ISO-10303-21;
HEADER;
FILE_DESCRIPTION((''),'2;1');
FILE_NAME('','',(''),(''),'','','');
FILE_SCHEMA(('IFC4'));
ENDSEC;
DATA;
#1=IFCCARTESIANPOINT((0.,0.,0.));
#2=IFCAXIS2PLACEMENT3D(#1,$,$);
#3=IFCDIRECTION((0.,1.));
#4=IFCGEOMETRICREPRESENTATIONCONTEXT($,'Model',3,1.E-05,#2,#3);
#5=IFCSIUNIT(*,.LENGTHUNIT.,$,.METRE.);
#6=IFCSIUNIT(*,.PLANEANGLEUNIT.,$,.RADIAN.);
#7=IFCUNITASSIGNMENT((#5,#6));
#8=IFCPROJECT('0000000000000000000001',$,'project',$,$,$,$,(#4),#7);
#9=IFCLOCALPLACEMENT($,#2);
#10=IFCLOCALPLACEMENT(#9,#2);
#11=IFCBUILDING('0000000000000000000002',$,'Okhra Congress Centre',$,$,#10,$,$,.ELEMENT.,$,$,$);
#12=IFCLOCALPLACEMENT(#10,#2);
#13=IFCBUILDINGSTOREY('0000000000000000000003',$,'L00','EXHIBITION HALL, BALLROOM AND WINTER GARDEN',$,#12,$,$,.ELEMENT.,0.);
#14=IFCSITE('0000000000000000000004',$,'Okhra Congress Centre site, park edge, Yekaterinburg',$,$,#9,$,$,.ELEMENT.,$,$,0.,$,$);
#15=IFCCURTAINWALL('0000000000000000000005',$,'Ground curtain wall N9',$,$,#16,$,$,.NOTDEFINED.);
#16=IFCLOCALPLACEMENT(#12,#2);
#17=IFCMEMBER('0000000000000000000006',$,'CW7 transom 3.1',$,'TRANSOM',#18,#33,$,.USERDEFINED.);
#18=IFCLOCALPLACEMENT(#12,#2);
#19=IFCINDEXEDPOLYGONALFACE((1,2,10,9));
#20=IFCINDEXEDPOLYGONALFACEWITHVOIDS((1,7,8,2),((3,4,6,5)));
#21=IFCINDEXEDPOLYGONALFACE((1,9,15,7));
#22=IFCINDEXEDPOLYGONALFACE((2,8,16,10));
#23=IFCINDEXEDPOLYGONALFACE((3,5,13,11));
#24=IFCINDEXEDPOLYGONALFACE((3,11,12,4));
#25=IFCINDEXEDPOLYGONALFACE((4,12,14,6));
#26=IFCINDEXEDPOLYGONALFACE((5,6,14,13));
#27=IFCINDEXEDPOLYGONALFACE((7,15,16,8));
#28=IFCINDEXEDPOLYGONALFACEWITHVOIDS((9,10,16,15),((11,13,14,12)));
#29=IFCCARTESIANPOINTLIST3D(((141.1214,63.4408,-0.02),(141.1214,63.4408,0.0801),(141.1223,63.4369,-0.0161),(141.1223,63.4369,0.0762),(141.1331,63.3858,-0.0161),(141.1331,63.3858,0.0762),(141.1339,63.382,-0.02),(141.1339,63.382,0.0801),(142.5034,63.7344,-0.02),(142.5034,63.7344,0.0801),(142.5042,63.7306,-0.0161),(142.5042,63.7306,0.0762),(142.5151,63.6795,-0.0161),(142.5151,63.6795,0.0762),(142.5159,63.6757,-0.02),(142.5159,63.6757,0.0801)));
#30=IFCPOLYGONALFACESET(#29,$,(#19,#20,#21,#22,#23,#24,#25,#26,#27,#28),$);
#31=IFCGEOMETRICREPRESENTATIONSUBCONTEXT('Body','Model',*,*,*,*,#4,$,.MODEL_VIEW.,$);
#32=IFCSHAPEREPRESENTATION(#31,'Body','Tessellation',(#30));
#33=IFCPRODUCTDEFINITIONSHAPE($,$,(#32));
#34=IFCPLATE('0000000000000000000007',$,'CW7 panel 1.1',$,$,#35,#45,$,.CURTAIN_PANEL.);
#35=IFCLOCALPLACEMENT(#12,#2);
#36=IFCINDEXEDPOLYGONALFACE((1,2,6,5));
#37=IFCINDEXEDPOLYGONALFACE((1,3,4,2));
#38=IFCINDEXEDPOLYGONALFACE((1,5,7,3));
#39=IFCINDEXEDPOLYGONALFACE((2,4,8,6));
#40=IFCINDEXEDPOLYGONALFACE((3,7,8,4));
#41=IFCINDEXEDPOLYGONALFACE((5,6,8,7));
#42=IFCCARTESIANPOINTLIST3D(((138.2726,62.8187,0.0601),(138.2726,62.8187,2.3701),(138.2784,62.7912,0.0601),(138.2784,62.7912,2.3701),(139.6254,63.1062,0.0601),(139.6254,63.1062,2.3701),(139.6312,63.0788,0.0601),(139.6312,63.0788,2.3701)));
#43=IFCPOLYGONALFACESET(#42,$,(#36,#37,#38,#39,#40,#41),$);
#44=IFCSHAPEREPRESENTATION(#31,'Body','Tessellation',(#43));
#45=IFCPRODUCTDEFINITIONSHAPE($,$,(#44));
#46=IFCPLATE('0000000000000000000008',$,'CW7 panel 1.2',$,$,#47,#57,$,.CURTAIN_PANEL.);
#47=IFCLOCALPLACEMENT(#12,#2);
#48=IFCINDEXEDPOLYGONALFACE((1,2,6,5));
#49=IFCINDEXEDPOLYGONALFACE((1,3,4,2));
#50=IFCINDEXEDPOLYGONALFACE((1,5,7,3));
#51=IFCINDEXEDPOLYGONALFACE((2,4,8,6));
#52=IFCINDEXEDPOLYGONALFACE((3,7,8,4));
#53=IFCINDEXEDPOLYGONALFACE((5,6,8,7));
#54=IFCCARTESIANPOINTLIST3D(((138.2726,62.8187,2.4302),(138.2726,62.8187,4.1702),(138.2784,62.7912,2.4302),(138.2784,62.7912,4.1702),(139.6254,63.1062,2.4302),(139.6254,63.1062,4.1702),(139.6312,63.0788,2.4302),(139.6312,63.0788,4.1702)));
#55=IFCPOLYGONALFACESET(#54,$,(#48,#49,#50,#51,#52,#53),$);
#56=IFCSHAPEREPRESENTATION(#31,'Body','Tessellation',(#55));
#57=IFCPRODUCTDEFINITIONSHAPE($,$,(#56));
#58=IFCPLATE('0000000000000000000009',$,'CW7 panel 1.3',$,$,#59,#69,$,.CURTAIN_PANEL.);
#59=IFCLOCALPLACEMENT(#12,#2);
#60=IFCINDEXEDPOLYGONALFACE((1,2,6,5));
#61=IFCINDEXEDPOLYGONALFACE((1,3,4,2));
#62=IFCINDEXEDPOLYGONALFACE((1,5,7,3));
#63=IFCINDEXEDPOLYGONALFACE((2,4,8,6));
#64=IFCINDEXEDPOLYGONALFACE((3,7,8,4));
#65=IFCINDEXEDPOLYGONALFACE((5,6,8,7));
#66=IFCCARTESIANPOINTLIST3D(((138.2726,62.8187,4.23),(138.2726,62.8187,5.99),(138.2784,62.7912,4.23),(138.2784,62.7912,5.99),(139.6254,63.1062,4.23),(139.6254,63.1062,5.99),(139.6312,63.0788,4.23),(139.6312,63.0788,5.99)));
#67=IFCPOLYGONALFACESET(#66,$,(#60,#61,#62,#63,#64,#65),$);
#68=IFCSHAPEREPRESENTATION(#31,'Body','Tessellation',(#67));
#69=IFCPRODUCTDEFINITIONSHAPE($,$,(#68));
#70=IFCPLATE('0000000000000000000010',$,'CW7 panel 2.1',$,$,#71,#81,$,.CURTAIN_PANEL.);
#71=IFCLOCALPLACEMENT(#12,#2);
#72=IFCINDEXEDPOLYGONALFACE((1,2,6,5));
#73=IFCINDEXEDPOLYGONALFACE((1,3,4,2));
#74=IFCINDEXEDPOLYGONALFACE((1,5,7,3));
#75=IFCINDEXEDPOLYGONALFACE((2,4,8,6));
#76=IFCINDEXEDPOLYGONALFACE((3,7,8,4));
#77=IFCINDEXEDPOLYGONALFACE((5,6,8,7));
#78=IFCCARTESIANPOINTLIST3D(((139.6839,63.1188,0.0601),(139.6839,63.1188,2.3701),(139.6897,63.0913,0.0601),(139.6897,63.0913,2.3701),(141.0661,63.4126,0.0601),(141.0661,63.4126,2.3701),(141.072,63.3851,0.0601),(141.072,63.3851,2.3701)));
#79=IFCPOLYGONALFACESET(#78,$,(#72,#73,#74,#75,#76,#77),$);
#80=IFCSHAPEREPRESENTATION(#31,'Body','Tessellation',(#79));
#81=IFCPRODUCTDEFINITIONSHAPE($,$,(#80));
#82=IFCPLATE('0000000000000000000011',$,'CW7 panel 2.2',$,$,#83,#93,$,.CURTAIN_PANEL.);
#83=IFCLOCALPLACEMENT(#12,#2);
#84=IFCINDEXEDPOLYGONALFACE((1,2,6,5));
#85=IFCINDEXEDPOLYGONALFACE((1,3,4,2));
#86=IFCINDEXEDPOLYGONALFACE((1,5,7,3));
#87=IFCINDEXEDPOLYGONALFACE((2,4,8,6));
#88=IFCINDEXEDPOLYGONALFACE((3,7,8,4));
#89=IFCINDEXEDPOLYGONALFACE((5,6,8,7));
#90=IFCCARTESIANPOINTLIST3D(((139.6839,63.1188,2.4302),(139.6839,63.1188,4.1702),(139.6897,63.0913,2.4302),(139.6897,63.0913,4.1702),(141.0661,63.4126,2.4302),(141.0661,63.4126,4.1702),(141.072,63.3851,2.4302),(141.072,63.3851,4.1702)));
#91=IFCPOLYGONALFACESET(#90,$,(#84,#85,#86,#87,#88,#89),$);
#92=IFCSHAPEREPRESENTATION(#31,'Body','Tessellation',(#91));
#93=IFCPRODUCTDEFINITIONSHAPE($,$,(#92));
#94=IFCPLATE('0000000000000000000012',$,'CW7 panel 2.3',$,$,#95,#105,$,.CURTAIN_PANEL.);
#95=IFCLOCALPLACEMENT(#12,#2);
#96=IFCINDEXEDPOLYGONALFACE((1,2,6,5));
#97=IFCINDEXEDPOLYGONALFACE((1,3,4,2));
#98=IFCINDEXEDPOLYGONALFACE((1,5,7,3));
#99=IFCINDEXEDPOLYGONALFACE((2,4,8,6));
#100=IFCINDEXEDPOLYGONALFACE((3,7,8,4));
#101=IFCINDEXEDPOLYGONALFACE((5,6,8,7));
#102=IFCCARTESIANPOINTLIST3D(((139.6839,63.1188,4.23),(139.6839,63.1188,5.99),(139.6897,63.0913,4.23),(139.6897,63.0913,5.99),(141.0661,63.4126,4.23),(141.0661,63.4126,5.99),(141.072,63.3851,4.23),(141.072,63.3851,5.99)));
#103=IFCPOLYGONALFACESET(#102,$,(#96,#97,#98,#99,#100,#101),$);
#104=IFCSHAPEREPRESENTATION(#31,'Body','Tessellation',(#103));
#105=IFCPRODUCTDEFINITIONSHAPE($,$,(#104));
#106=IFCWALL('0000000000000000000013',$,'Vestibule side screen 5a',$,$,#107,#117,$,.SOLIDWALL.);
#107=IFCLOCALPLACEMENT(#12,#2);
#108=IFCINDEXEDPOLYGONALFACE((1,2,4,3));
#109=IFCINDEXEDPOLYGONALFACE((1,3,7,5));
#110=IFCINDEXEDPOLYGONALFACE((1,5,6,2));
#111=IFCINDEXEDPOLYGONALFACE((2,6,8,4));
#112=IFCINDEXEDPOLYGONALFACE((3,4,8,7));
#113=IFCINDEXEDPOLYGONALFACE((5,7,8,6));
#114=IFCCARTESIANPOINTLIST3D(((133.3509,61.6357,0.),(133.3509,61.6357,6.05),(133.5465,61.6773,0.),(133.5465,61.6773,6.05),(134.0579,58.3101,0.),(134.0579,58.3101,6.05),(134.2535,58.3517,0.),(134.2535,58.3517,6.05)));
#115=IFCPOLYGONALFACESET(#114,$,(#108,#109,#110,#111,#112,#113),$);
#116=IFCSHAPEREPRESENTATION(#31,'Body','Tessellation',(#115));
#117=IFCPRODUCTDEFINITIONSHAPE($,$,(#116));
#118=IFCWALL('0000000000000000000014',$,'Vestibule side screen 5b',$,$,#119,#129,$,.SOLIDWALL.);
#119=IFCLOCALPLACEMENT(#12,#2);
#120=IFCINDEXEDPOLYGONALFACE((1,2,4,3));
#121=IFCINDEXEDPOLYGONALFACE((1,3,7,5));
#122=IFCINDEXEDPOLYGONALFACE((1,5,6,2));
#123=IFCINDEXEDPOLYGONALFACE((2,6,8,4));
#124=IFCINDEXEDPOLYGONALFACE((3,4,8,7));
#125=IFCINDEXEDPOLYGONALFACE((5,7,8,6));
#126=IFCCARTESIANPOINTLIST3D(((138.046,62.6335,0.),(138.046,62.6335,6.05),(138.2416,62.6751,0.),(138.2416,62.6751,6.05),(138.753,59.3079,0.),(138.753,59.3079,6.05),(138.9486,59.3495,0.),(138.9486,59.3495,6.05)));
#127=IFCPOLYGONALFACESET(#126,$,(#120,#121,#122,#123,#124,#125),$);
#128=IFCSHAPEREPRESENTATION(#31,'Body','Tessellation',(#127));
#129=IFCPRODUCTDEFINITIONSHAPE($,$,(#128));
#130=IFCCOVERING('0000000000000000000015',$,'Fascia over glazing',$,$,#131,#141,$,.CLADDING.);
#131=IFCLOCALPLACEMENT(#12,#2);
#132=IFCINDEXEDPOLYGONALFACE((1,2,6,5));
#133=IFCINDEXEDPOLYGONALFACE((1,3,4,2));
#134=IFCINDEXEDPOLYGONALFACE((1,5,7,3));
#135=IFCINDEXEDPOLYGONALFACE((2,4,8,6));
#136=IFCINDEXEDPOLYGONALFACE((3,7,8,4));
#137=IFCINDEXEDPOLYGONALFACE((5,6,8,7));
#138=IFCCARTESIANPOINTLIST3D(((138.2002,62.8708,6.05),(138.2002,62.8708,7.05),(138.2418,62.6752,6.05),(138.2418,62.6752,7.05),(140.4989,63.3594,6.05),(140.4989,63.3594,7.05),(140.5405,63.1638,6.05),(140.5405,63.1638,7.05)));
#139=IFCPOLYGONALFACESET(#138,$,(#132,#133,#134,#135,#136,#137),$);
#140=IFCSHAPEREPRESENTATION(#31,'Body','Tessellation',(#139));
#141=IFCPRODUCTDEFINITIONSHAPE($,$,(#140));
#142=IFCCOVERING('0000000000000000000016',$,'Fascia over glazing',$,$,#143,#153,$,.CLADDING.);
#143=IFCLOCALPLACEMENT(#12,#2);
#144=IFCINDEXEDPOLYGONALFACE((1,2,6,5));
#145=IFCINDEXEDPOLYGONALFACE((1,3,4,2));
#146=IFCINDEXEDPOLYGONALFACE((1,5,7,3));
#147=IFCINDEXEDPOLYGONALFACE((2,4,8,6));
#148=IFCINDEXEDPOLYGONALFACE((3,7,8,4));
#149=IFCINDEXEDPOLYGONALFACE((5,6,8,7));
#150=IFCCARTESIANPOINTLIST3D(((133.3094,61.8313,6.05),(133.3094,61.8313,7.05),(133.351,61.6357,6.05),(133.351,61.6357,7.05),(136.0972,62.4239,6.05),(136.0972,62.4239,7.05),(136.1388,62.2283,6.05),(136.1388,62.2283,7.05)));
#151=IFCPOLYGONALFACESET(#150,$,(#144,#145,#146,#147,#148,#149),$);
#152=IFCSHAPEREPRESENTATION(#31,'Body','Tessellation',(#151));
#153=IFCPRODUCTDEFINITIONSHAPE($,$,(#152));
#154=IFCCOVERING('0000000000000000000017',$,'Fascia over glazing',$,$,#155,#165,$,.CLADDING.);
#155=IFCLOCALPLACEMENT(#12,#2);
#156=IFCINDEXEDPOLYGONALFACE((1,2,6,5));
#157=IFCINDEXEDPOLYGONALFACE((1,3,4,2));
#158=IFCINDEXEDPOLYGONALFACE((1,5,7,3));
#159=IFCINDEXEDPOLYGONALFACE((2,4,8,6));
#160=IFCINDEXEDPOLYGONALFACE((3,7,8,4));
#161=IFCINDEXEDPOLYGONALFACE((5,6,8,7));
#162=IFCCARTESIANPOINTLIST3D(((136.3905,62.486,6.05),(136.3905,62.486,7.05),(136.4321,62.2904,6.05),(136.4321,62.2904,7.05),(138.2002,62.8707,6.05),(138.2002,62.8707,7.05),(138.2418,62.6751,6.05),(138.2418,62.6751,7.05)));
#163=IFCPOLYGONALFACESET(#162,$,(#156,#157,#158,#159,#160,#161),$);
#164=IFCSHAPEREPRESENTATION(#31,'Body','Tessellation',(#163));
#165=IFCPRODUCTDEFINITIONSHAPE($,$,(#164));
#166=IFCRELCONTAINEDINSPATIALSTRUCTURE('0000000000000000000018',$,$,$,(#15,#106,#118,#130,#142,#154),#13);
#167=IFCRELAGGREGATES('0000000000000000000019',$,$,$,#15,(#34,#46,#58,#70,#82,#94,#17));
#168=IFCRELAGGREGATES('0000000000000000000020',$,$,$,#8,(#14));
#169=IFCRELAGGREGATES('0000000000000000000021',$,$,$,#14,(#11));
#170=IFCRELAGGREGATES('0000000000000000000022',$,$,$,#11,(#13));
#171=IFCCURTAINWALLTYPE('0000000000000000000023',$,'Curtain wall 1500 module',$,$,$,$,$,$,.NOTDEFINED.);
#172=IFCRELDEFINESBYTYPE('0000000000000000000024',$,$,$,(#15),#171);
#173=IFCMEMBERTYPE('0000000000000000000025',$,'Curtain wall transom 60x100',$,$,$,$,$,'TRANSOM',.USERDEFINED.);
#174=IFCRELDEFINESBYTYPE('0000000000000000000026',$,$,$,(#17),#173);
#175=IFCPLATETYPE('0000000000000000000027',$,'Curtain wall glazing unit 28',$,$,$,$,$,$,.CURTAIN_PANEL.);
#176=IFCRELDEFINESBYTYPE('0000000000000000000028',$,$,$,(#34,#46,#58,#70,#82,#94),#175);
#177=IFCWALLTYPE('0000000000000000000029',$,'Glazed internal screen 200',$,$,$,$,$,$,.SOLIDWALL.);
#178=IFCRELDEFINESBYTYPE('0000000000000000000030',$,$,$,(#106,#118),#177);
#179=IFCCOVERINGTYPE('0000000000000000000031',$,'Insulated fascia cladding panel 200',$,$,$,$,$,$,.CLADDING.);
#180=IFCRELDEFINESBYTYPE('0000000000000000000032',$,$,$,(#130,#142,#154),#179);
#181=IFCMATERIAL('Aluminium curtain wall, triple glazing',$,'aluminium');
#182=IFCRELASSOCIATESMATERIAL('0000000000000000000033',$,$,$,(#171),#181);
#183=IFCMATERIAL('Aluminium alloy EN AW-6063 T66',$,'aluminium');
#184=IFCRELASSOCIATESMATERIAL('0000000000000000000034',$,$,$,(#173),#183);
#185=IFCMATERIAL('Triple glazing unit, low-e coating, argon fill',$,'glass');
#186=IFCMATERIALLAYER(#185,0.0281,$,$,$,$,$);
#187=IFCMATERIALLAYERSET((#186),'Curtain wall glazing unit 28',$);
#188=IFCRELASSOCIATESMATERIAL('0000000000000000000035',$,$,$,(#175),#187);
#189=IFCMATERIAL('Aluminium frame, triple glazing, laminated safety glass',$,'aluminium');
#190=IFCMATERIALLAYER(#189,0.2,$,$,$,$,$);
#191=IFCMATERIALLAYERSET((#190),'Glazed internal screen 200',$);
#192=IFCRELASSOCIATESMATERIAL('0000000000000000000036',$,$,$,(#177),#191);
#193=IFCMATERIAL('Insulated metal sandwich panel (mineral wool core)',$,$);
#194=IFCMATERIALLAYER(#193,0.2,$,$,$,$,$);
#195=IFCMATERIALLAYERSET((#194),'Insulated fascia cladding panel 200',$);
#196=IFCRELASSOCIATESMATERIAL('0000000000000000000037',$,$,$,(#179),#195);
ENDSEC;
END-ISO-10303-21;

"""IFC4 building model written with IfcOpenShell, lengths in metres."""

from ifc_helpers import new_model, si_unit, direction, frame, frame_2d, origin, origin_2d, place, context, subcontext, project, spatial, rectangle, hollow_rectangle, extrude, material, layer, layer_set, material_profile, profile_set, type_object, element, aggregate, save


model = new_model("IFC4")

# Units and contexts
model_context = context("Model", 3, precision=1e-05, world=origin(), true_north=direction((0.0, 1.0)))
body_context = subcontext(model_context, "Body", "Model", "MODEL_VIEW")
ifc_project = project(units=[si_unit("LENGTHUNIT", "METRE"), si_unit("PLANEANGLEUNIT", "RADIAN")], contexts=[model_context])

# Site, building, storey
site_placement = place(None, origin())
site = spatial("IfcSite", under=ifc_project, at=site_placement, Name="Okhra Congress Centre site, park edge, Yekaterinburg", CompositionType="ELEMENT", RefElevation=0.0)
building_placement = place(site_placement, origin())
building = spatial("IfcBuilding", under=site, at=building_placement, Name="Okhra Congress Centre", CompositionType="ELEMENT")
storey_placement = place(building_placement, origin())
storey = spatial("IfcBuildingStorey", under=building, at=storey_placement, Name="L00", Description="EXHIBITION HALL, BALLROOM AND WINTER GARDEN", CompositionType="ELEMENT", Elevation=0.0)

# Curtain wall, member, plates
ifc_material_1 = material(Name="Aluminium curtain wall, triple glazing", Category="aluminium")
curtain_wall_type = type_object("IfcCurtainWallType", Name="Curtain wall 1500 module", PredefinedType="NOTDEFINED", material=ifc_material_1)
curtain_wall_placement = place(storey_placement, origin())
curtain_wall = element("IfcCurtainWall", 1, at=curtain_wall_placement, inside=storey, type_object=curtain_wall_type, Name="Ground curtain wall N9", PredefinedType="NOTDEFINED")
ifc_material_2 = material(Name="Aluminium alloy EN AW-6063 T66", Category="aluminium")
ifc_material_profile_1 = material_profile(ifc_material_2, hollow_rectangle(XDim=0.0601, YDim=0.1001, WallThickness=0.0039, at=origin_2d()), Name="RHS 60x100x4")
ifc_profile_set_1 = profile_set([ifc_material_profile_1], Name="Aluminium alloy EN AW-6063 T66")
member_type_1 = type_object("IfcMemberType", Name="Curtain wall transom 60x100", ElementType="TRANSOM", PredefinedType="USERDEFINED", material=ifc_profile_set_1)
member_1_placement = place(storey_placement, frame((141.1277, 63.4114, 0.03), z_axis=(0.978158, 0.207865, 0.0), x_axis=(-0.207865, 0.978158, 0.0)))
member_1 = element("IfcMember", 2, at=member_1_placement, type_object=member_type_1, Name="CW7 transom 3.1", ObjectType="TRANSOM", PredefinedType="USERDEFINED", context=body_context, shape_type="SweptSolid", body=[
    extrude(hollow_rectangle(XDim=0.0601, YDim=0.1001, WallThickness=0.0039, at=origin_2d()), origin(), (0.0, 0.0, 1.0), 1.4128),
])
ifc_material_3 = material(Name="Triple glazing unit, low-e coating, argon fill", Category="glass")
ifc_layer_1 = layer(ifc_material_3, 0.0281)
ifc_layer_set_1 = layer_set([ifc_layer_1], Name="Curtain wall glazing unit 28")
plate_type = type_object("IfcPlateType", Name="Curtain wall glazing unit 28", PredefinedType="CURTAIN_PANEL", material=ifc_layer_set_1)
plate_1_placement = place(storey_placement, frame((138.9519, 62.9487, 0.0601), z_axis=(0.0, 0.0, 1.0), x_axis=(0.978148, 0.207912, 0.0)))
plate_1 = element("IfcPlate", 3, at=plate_1_placement, type_object=plate_type, Name="CW7 panel 1.1", PredefinedType="CURTAIN_PANEL", context=body_context, shape_type="SweptSolid", body=[
    extrude(rectangle(XDim=1.3831, YDim=0.0281, at=origin_2d()), origin(), (0.0, 0.0, 1.0), 2.3101),
])
plate_2_placement = place(storey_placement, frame((138.9519, 62.9487, 2.4302), z_axis=(0.0, 0.0, 1.0), x_axis=(0.978148, 0.207912, 0.0)))
plate_2 = element("IfcPlate", 4, at=plate_2_placement, type_object=plate_type, Name="CW7 panel 1.2", PredefinedType="CURTAIN_PANEL", context=body_context, shape_type="SweptSolid", body=[
    extrude(rectangle(XDim=1.3831, YDim=0.0281, at=origin_2d()), origin(), (0.0, 0.0, 1.0), 1.74),
])
plate_3_placement = place(storey_placement, frame((138.9519, 62.9487, 4.23), z_axis=(0.0, 0.0, 1.0), x_axis=(0.978148, 0.207912, 0.0)))
plate_3 = element("IfcPlate", 5, at=plate_3_placement, type_object=plate_type, Name="CW7 panel 1.3", PredefinedType="CURTAIN_PANEL", context=body_context, shape_type="SweptSolid", body=[
    extrude(rectangle(XDim=1.3831, YDim=0.0281, at=origin_2d()), origin(), (0.0, 0.0, 1.0), 1.76),
])
plate_4_placement = place(storey_placement, frame((140.3779, 63.252, 0.0601), z_axis=(0.0, 0.0, 1.0), x_axis=(0.978148, 0.207912, 0.0)))
plate_4 = element("IfcPlate", 6, at=plate_4_placement, type_object=plate_type, Name="CW7 panel 2.1", PredefinedType="CURTAIN_PANEL", context=body_context, shape_type="SweptSolid", body=[
    extrude(rectangle(XDim=1.4131, YDim=0.0281, at=origin_2d()), origin(), (0.0, 0.0, 1.0), 2.3101),
])
plate_5_placement = place(storey_placement, frame((140.3779, 63.252, 2.4302), z_axis=(0.0, 0.0, 1.0), x_axis=(0.978148, 0.207912, 0.0)))
plate_5 = element("IfcPlate", 7, at=plate_5_placement, type_object=plate_type, Name="CW7 panel 2.2", PredefinedType="CURTAIN_PANEL", context=body_context, shape_type="SweptSolid", body=[
    extrude(rectangle(XDim=1.4131, YDim=0.0281, at=origin_2d()), origin(), (0.0, 0.0, 1.0), 1.74),
])
plate_6_placement = place(storey_placement, frame((140.3779, 63.252, 4.23), z_axis=(0.0, 0.0, 1.0), x_axis=(0.978148, 0.207912, 0.0)))
plate_6 = element("IfcPlate", 8, at=plate_6_placement, type_object=plate_type, Name="CW7 panel 2.3", PredefinedType="CURTAIN_PANEL", context=body_context, shape_type="SweptSolid", body=[
    extrude(rectangle(XDim=1.4131, YDim=0.0281, at=origin_2d()), origin(), (0.0, 0.0, 1.0), 1.76),
])
aggregate(curtain_wall, [plate_1, plate_2, plate_3, plate_4, plate_5, plate_6, member_1])

# Shared definitions
ifc_material_4 = material(Name="Aluminium frame, triple glazing, laminated safety glass", Category="aluminium")

# Walls
ifc_layer_2 = layer(ifc_material_4, 0.2)
ifc_layer_set_2 = layer_set([ifc_layer_2], Name="Glazed internal screen 200")
wall_type_1 = type_object("IfcWallType", Name="Glazed internal screen 200", PredefinedType="SOLIDWALL", material=ifc_layer_set_2)
for number, where, z_axis, x_axis, name in (
    (9, (133.4487, 61.6565, 0.0), (0.0, 0.0, 1.0), (0.20795, -0.97814, 0.0), "Vestibule side screen 5a"),
    (10, (138.1438, 62.6543, 0.0), (0.0, 0.0, 1.0), (0.20795, -0.97814, 0.0), "Vestibule side screen 5b"),
):
    element("IfcWall", number, at=place(storey_placement, frame(where, z_axis=z_axis, x_axis=x_axis)), inside=storey, type_object=wall_type_1, Name=name, PredefinedType="SOLIDWALL", context=body_context, shape_type="SweptSolid", body=[
        extrude(rectangle(XDim=3.3999, YDim=0.2, at=frame_2d((1.7, 0.0))), origin(), (0.0, 0.0, 1.0), 6.05),
    ])

# Coverings
ifc_material_5 = material(Name="Insulated metal sandwich panel (mineral wool core)")
ifc_layer_3 = layer(ifc_material_5, 0.2)
ifc_layer_set_3 = layer_set([ifc_layer_3], Name="Insulated fascia cladding panel 200")
covering_type = type_object("IfcCoveringType", Name="Insulated fascia cladding panel 200", PredefinedType="CLADDING", material=ifc_layer_set_3)
covering_1_placement = place(storey_placement, frame((139.3704, 63.0173, 6.05), z_axis=(0.0, 0.0, 1.0), x_axis=(0.978148, 0.207912, 0.0)))
element("IfcCovering", 11, at=covering_1_placement, inside=storey, type_object=covering_type, Name="Fascia over glazing", PredefinedType="CLADDING", context=body_context, shape_type="SweptSolid", body=[
    extrude(rectangle(XDim=2.3501, YDim=0.2, at=origin_2d()), origin(), (0.0, 0.0, 1.0), 1.0),
])
covering_2_placement = place(storey_placement, frame((134.7241, 62.0298, 6.05), z_axis=(0.0, 0.0, 1.0), x_axis=(0.978148, 0.207912, 0.0)))
element("IfcCovering", 12, at=covering_2_placement, inside=storey, type_object=covering_type, Name="Fascia over glazing", PredefinedType="CLADDING", context=body_context, shape_type="SweptSolid", body=[
    extrude(rectangle(XDim=2.8501, YDim=0.2, at=origin_2d()), origin(), (0.0, 0.0, 1.0), 1.0),
])
covering_3_placement = place(storey_placement, frame((137.3162, 62.5806, 6.05), z_axis=(0.0, 0.0, 1.0), x_axis=(0.978148, 0.207912, 0.0)))
element("IfcCovering", 13, at=covering_3_placement, inside=storey, type_object=covering_type, Name="Fascia over glazing", PredefinedType="CLADDING", context=body_context, shape_type="SweptSolid", body=[
    extrude(rectangle(XDim=1.8501, YDim=0.2, at=origin_2d()), origin(), (0.0, 0.0, 1.0), 1.0),
])

save(model, "model.ifc")
